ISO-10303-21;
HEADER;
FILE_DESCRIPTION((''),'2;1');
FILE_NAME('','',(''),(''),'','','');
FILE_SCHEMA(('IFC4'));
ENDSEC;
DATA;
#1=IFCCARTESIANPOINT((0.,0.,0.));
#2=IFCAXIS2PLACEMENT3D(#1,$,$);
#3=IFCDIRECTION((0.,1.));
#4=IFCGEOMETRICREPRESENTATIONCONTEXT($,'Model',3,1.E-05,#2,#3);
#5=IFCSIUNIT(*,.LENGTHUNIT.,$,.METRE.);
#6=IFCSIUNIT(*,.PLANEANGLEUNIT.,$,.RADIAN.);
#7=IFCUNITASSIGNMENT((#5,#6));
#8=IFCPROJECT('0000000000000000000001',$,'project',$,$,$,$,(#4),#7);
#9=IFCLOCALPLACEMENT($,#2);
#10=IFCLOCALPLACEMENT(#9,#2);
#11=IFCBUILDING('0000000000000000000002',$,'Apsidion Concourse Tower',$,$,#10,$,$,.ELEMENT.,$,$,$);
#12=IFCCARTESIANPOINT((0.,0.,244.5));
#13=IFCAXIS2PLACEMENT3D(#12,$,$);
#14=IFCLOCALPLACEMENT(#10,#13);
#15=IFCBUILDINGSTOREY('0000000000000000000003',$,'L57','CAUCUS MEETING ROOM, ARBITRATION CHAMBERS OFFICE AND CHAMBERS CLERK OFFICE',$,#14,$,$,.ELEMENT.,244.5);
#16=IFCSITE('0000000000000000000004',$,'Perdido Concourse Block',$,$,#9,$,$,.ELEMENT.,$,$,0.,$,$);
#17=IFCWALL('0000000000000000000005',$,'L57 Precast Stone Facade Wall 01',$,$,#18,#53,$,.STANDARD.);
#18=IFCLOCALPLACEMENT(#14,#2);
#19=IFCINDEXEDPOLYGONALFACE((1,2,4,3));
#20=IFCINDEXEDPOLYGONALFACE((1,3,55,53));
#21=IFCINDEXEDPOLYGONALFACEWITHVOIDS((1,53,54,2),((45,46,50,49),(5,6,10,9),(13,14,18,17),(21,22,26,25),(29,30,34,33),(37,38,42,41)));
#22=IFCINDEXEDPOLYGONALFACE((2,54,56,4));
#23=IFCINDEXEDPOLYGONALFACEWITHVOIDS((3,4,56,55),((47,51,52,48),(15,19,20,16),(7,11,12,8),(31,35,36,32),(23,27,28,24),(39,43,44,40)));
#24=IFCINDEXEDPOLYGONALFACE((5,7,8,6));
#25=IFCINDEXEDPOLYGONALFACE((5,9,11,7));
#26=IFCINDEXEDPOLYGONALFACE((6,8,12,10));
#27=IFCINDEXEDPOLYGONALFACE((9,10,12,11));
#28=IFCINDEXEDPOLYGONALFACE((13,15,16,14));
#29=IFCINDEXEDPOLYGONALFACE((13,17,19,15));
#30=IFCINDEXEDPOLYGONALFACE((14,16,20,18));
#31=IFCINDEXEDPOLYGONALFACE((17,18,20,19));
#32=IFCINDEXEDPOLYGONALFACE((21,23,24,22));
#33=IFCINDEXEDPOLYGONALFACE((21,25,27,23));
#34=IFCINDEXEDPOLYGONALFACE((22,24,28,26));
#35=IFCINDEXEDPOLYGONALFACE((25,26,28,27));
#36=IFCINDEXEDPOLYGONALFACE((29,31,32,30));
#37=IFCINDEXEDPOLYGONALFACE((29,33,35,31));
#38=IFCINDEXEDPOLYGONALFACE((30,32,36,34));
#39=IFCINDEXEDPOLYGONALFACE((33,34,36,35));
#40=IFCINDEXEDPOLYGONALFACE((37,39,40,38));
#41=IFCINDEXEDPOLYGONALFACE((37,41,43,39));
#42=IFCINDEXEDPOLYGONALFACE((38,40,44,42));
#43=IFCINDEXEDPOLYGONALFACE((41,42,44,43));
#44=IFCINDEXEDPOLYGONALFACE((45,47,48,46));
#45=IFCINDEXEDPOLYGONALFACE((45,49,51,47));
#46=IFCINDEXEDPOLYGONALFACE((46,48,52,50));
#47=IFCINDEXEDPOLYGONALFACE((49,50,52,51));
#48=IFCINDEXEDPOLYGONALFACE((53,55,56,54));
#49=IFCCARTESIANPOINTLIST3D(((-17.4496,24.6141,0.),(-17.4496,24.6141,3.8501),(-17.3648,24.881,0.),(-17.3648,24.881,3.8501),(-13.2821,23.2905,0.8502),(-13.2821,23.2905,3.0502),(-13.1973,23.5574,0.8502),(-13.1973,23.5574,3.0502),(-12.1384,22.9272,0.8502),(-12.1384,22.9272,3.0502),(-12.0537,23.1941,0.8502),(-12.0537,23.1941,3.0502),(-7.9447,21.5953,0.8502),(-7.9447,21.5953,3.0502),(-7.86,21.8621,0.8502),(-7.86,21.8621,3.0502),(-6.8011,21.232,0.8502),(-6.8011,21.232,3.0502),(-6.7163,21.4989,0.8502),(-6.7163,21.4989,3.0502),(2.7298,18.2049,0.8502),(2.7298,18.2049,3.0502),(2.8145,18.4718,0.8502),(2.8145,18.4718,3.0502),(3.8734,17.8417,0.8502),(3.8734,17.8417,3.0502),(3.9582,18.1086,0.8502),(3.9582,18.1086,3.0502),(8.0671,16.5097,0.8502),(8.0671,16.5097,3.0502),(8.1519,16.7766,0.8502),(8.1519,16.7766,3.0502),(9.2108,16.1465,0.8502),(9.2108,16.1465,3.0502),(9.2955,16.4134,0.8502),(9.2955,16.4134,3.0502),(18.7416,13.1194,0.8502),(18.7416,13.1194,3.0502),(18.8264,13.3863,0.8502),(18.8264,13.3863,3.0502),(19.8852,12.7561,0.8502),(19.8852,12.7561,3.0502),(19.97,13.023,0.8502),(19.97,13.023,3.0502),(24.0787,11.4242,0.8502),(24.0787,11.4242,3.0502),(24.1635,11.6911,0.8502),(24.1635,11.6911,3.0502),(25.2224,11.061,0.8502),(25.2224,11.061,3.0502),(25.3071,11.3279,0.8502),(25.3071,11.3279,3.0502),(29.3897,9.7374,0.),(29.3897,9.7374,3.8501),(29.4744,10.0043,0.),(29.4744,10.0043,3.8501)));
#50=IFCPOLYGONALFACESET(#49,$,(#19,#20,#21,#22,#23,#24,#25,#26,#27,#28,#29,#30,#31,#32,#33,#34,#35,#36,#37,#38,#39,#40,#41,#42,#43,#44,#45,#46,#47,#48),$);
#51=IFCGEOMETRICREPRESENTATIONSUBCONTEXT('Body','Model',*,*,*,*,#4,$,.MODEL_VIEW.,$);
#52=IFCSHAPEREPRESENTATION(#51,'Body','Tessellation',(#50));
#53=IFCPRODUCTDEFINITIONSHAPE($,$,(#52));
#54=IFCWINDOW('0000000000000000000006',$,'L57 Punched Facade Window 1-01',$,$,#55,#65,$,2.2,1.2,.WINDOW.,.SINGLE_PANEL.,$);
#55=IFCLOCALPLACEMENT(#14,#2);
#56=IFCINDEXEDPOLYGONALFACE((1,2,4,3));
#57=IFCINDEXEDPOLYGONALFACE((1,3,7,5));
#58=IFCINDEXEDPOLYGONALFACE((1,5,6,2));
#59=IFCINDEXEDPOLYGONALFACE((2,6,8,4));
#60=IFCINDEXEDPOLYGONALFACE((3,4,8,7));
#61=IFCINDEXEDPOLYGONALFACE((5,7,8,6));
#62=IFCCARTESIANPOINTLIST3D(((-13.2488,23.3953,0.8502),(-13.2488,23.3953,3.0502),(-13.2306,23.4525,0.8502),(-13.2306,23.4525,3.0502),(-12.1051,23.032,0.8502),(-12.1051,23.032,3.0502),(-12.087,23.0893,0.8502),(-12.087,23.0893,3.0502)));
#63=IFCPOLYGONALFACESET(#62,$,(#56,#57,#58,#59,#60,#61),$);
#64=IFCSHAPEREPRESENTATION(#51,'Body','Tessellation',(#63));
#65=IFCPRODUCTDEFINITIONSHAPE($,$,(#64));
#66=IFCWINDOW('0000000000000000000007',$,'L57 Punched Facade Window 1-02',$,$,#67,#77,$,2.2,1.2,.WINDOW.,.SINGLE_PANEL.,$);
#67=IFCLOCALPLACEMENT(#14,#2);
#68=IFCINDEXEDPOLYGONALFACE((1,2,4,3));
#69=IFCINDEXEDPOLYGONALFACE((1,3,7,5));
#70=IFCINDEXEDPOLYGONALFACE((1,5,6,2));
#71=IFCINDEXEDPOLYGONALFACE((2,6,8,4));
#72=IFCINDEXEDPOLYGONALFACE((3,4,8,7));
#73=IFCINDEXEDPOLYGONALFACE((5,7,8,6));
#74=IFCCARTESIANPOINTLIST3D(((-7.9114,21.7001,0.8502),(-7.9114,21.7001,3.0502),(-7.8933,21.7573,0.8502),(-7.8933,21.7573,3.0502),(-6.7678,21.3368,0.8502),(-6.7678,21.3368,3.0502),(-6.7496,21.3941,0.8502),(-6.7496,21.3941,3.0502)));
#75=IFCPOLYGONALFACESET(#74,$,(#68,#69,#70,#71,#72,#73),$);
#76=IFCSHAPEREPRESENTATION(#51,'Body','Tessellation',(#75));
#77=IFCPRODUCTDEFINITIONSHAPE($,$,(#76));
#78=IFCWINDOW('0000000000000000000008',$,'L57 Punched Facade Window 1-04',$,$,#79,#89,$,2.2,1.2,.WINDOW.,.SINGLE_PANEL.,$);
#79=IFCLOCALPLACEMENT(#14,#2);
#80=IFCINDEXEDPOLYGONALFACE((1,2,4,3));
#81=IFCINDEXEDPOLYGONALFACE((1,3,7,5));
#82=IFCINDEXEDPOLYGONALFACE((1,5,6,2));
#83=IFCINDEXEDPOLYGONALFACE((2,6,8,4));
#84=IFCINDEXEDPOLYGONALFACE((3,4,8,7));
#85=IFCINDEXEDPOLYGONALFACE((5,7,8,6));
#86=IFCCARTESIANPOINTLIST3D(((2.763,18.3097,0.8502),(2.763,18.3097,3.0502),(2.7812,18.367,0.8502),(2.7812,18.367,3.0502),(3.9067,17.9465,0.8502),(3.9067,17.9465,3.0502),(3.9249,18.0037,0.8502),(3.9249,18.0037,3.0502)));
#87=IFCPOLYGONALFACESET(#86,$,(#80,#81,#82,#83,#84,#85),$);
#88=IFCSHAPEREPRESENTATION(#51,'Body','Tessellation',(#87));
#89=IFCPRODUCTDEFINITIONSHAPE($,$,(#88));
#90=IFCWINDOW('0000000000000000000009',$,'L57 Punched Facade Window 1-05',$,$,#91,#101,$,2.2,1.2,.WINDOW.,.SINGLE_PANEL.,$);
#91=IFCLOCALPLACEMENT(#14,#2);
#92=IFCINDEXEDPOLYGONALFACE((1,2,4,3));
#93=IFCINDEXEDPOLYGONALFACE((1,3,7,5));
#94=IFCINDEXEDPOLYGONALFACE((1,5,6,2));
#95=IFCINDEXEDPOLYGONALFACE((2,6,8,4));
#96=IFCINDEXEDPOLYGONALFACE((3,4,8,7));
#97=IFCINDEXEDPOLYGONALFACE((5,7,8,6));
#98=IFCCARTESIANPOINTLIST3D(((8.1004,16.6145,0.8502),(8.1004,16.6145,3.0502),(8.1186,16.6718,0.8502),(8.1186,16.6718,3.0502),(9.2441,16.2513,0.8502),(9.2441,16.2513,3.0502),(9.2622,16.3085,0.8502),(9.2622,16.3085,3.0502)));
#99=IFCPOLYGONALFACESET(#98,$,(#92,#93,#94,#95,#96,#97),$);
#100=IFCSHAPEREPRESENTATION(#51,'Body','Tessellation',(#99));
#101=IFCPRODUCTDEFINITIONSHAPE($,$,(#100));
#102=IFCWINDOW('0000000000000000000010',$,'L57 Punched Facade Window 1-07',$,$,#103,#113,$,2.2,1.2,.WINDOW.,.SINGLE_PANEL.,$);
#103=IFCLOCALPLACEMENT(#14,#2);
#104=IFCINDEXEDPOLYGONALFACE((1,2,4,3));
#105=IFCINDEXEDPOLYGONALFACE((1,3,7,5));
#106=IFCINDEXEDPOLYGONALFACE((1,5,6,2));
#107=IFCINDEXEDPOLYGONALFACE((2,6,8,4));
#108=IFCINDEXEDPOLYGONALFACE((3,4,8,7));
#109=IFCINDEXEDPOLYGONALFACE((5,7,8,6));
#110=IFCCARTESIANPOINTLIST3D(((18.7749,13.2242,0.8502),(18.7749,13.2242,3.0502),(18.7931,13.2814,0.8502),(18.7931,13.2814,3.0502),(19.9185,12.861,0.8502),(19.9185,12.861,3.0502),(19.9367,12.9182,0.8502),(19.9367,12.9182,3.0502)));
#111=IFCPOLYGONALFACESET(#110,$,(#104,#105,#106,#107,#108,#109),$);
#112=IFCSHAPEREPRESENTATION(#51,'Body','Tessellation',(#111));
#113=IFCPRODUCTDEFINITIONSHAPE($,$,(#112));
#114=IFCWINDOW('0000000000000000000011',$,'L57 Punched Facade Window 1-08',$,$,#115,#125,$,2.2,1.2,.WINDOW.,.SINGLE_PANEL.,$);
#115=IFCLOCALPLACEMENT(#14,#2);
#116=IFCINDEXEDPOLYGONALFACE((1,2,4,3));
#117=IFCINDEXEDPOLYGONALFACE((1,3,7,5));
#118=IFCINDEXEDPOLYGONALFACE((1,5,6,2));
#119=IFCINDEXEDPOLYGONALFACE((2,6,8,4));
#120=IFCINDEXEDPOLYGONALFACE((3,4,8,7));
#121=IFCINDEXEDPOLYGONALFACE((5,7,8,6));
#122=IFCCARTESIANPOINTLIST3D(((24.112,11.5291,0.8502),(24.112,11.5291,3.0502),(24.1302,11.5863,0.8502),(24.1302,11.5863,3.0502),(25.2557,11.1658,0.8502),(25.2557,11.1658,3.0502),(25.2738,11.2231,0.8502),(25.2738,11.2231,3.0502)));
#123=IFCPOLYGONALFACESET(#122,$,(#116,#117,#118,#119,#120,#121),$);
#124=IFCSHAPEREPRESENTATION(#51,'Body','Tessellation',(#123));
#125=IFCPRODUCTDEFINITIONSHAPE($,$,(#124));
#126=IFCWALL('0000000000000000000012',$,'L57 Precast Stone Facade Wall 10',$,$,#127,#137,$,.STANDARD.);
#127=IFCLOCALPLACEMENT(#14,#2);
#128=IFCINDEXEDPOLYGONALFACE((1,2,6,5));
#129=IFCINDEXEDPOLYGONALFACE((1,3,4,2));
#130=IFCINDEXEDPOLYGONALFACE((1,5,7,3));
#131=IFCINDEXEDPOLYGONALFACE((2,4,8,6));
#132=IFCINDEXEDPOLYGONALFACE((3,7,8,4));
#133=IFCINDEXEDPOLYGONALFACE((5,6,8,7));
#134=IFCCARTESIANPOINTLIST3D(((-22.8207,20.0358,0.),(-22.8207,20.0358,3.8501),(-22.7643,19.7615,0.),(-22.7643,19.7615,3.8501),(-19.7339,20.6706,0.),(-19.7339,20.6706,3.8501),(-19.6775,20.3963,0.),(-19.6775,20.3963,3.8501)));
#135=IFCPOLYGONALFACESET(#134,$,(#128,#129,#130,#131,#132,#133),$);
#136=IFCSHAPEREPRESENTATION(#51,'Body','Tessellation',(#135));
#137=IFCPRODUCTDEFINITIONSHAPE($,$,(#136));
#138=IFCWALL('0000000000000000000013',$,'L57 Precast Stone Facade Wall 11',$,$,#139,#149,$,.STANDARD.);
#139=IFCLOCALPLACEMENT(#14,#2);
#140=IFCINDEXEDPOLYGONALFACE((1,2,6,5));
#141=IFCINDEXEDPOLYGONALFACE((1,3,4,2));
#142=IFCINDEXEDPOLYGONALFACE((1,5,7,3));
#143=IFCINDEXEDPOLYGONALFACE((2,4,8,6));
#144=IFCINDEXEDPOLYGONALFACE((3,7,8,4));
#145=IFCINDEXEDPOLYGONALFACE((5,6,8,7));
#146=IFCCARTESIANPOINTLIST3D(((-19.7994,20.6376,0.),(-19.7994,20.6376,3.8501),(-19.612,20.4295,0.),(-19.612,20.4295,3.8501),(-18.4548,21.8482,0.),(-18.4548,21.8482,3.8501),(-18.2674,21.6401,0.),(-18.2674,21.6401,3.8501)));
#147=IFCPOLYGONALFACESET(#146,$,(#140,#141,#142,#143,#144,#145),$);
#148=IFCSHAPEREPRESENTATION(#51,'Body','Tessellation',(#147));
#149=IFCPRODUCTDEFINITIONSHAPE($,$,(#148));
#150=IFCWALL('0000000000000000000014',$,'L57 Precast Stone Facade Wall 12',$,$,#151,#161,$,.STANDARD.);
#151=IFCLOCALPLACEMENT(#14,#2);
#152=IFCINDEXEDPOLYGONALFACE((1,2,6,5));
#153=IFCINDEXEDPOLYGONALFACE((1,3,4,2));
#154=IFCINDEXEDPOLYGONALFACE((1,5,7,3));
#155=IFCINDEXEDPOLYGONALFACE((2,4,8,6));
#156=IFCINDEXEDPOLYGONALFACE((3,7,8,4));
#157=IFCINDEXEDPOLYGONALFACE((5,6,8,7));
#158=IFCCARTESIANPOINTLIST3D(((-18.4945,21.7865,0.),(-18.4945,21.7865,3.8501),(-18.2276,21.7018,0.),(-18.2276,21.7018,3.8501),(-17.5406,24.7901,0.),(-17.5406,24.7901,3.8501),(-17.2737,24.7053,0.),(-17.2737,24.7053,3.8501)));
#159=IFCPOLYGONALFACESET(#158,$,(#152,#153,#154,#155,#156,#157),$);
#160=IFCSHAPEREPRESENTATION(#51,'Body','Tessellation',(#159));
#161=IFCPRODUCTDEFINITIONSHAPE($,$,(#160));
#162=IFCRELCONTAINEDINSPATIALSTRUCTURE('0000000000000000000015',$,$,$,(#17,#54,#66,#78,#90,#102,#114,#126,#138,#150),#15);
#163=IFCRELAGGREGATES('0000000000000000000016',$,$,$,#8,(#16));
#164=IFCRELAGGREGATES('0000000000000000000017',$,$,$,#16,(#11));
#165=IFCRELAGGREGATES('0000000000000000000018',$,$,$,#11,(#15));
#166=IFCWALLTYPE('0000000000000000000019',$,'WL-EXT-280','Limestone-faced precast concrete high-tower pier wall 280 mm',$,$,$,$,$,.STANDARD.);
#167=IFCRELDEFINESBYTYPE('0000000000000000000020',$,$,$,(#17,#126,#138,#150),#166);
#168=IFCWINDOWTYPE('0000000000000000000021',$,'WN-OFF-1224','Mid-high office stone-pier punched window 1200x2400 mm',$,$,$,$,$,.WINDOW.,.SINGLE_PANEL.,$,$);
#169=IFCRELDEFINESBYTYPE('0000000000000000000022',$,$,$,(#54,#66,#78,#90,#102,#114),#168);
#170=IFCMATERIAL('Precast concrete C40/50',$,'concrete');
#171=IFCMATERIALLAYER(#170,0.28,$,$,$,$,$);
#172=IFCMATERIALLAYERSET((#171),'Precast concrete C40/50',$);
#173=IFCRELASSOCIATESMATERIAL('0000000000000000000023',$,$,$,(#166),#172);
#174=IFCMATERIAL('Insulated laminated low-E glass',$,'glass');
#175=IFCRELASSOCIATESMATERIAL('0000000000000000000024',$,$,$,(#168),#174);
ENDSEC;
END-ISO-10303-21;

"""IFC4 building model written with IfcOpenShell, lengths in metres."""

from ifc_helpers import new_model, si_unit, direction, frame, frame_2d, origin, place, context, subcontext, project, spatial, rectangle, extrude, material, layer, layer_set, type_object, element, fill, save


model = new_model("IFC4")

# Units and contexts
model_context = context("Model", 3, precision=1e-05, world=origin(), true_north=direction((0.0, 1.0)))
body_context = subcontext(model_context, "Body", "Model", "MODEL_VIEW")
ifc_project = project(units=[si_unit("LENGTHUNIT", "METRE"), si_unit("PLANEANGLEUNIT", "RADIAN")], contexts=[model_context])

# Site, building, storey
site_placement = place(None, origin())
site = spatial("IfcSite", under=ifc_project, at=site_placement, Name="Perdido Concourse Block", CompositionType="ELEMENT", RefElevation=0.0)
building_placement = place(site_placement, origin())
building = spatial("IfcBuilding", under=site, at=building_placement, Name="Apsidion Concourse Tower", CompositionType="ELEMENT")
storey_placement = place(building_placement, frame((0.0, 0.0, 244.5)))
storey = spatial("IfcBuildingStorey", under=building, at=storey_placement, Name="L57", Description="CAUCUS MEETING ROOM, ARBITRATION CHAMBERS OFFICE AND CHAMBERS CLERK OFFICE", CompositionType="ELEMENT", Elevation=244.5)

# Wall, openings, windows
ifc_material_1 = material(Name="Precast concrete C40/50", Category="concrete")
ifc_layer_1 = layer(ifc_material_1, 0.28)
ifc_layer_set_1 = layer_set([ifc_layer_1], Name="Precast concrete C40/50")
wall_type_1 = type_object("IfcWallType", Name="WL-EXT-280", Description="Limestone-faced precast concrete high-tower pier wall 280 mm", PredefinedType="STANDARD", material=ifc_layer_set_1)
wall_1_placement = place(storey_placement, frame((-17.4072, 24.7476, 0.0), z_axis=(0.0, 0.0, 1.0), x_axis=(0.953083, -0.30271, 0.0)))
wall_1 = element("IfcWall", 1, at=wall_1_placement, inside=storey, type_object=wall_type_1, Name="L57 Precast Stone Facade Wall 01", PredefinedType="STANDARD", context=body_context, shape_type="SweptSolid", body=[
    extrude(rectangle(XDim=49.145, YDim=0.28, at=frame_2d((24.5725, 0.0))), origin(), (0.0, 0.0, 1.0), 3.8501),
])
opening_1_placement = place(wall_1_placement, frame((4.3726, 0.0, 0.8501)))
opening_1 = element("IfcOpeningElement", 2, at=opening_1_placement, cuts=wall_1, PredefinedType="OPENING", context=body_context, shape_type="SweptSolid", body=[
    extrude(rectangle(XDim=1.2, YDim=2.2, at=frame_2d((0.6001, 1.1001))), frame((0.0, 0.1499, 0.0), z_axis=(0.0, -1.0, 0.0), x_axis=(1.0, 0.0, 0.0)), (0.0, 0.0, 1.0), 0.3),
])
opening_2_placement = place(wall_1_placement, frame((9.9727, 0.0, 0.8501)))
opening_2 = element("IfcOpeningElement", 3, at=opening_2_placement, cuts=wall_1, PredefinedType="OPENING", context=body_context, shape_type="SweptSolid", body=[
    extrude(rectangle(XDim=1.2, YDim=2.2, at=frame_2d((0.6001, 1.1001))), frame((0.0, 0.1499, 0.0), z_axis=(0.0, -1.0, 0.0), x_axis=(1.0, 0.0, 0.0)), (0.0, 0.0, 1.0), 0.3),
])
opening_3_placement = place(wall_1_placement, frame((21.1726, 0.0, 0.8501)))
opening_3 = element("IfcOpeningElement", 4, at=opening_3_placement, cuts=wall_1, PredefinedType="OPENING", context=body_context, shape_type="SweptSolid", body=[
    extrude(rectangle(XDim=1.2, YDim=2.2, at=frame_2d((0.6001, 1.1001))), frame((0.0, 0.1499, 0.0), z_axis=(0.0, -1.0, 0.0), x_axis=(1.0, 0.0, 0.0)), (0.0, 0.0, 1.0), 0.3),
])
opening_4_placement = place(wall_1_placement, frame((26.7727, 0.0, 0.8501)))
opening_4 = element("IfcOpeningElement", 5, at=opening_4_placement, cuts=wall_1, PredefinedType="OPENING", context=body_context, shape_type="SweptSolid", body=[
    extrude(rectangle(XDim=1.2, YDim=2.2, at=frame_2d((0.6001, 1.1001))), frame((0.0, 0.1499, 0.0), z_axis=(0.0, -1.0, 0.0), x_axis=(1.0, 0.0, 0.0)), (0.0, 0.0, 1.0), 0.3),
])
opening_5_placement = place(wall_1_placement, frame((37.9727, 0.0, 0.8501)))
opening_5 = element("IfcOpeningElement", 6, at=opening_5_placement, cuts=wall_1, PredefinedType="OPENING", context=body_context, shape_type="SweptSolid", body=[
    extrude(rectangle(XDim=1.2, YDim=2.2, at=frame_2d((0.6001, 1.1001))), frame((0.0, 0.1499, 0.0), z_axis=(0.0, -1.0, 0.0), x_axis=(1.0, 0.0, 0.0)), (0.0, 0.0, 1.0), 0.3),
])
opening_6_placement = place(wall_1_placement, frame((43.5725, 0.0, 0.8501)))
opening_6 = element("IfcOpeningElement", 7, at=opening_6_placement, cuts=wall_1, PredefinedType="OPENING", context=body_context, shape_type="SweptSolid", body=[
    extrude(rectangle(XDim=1.2, YDim=2.2, at=frame_2d((0.6001, 1.1001))), frame((0.0, 0.1499, 0.0), z_axis=(0.0, -1.0, 0.0), x_axis=(1.0, 0.0, 0.0)), (0.0, 0.0, 1.0), 0.3),
])
ifc_material_2 = material(Name="Insulated laminated low-E glass", Category="glass")
window_type = type_object("IfcWindowType", Name="WN-OFF-1224", Description="Mid-high office stone-pier punched window 1200x2400 mm", PartitioningType="SINGLE_PANEL", PredefinedType="WINDOW", material=ifc_material_2)
window_1_placement = place(opening_1_placement, origin())
window_1 = element("IfcWindow", 8, at=window_1_placement, inside=storey, type_object=window_type, Name="L57 Punched Facade Window 1-01", OverallHeight=2.2, OverallWidth=1.2, PartitioningType="SINGLE_PANEL", PredefinedType="WINDOW", context=body_context, shape_type="SweptSolid", body=[
    extrude(rectangle(XDim=1.2, YDim=2.2, at=frame_2d((0.6001, 1.1001))), frame((0.0, 0.03, 0.0), z_axis=(0.0, -1.0, 0.0), x_axis=(1.0, 0.0, 0.0)), (0.0, 0.0, 1.0), 0.0601),
])
fill(opening_1, window_1)
window_2_placement = place(opening_2_placement, origin())
window_2 = element("IfcWindow", 9, at=window_2_placement, inside=storey, type_object=window_type, Name="L57 Punched Facade Window 1-02", OverallHeight=2.2, OverallWidth=1.2, PartitioningType="SINGLE_PANEL", PredefinedType="WINDOW", context=body_context, shape_type="SweptSolid", body=[
    extrude(rectangle(XDim=1.2, YDim=2.2, at=frame_2d((0.6001, 1.1001))), frame((0.0, 0.03, 0.0), z_axis=(0.0, -1.0, 0.0), x_axis=(1.0, 0.0, 0.0)), (0.0, 0.0, 1.0), 0.0601),
])
fill(opening_2, window_2)
window_3_placement = place(opening_3_placement, origin())
window_3 = element("IfcWindow", 10, at=window_3_placement, inside=storey, type_object=window_type, Name="L57 Punched Facade Window 1-04", OverallHeight=2.2, OverallWidth=1.2, PartitioningType="SINGLE_PANEL", PredefinedType="WINDOW", context=body_context, shape_type="SweptSolid", body=[
    extrude(rectangle(XDim=1.2, YDim=2.2, at=frame_2d((0.6001, 1.1001))), frame((0.0, 0.03, 0.0), z_axis=(0.0, -1.0, 0.0), x_axis=(1.0, 0.0, 0.0)), (0.0, 0.0, 1.0), 0.0601),
])
fill(opening_3, window_3)
window_4_placement = place(opening_4_placement, origin())
window_4 = element("IfcWindow", 11, at=window_4_placement, inside=storey, type_object=window_type, Name="L57 Punched Facade Window 1-05", OverallHeight=2.2, OverallWidth=1.2, PartitioningType="SINGLE_PANEL", PredefinedType="WINDOW", context=body_context, shape_type="SweptSolid", body=[
    extrude(rectangle(XDim=1.2, YDim=2.2, at=frame_2d((0.6001, 1.1001))), frame((0.0, 0.03, 0.0), z_axis=(0.0, -1.0, 0.0), x_axis=(1.0, 0.0, 0.0)), (0.0, 0.0, 1.0), 0.0601),
])
fill(opening_4, window_4)
window_5_placement = place(opening_5_placement, origin())
window_5 = element("IfcWindow", 12, at=window_5_placement, inside=storey, type_object=window_type, Name="L57 Punched Facade Window 1-07", OverallHeight=2.2, OverallWidth=1.2, PartitioningType="SINGLE_PANEL", PredefinedType="WINDOW", context=body_context, shape_type="SweptSolid", body=[
    extrude(rectangle(XDim=1.2, YDim=2.2, at=frame_2d((0.6001, 1.1001))), frame((0.0, 0.03, 0.0), z_axis=(0.0, -1.0, 0.0), x_axis=(1.0, 0.0, 0.0)), (0.0, 0.0, 1.0), 0.0601),
])
fill(opening_5, window_5)
window_6_placement = place(opening_6_placement, origin())
window_6 = element("IfcWindow", 13, at=window_6_placement, inside=storey, type_object=window_type, Name="L57 Punched Facade Window 1-08", OverallHeight=2.2, OverallWidth=1.2, PartitioningType="SINGLE_PANEL", PredefinedType="WINDOW", context=body_context, shape_type="SweptSolid", body=[
    extrude(rectangle(XDim=1.2, YDim=2.2, at=frame_2d((0.6001, 1.1001))), frame((0.0, 0.03, 0.0), z_axis=(0.0, -1.0, 0.0), x_axis=(1.0, 0.0, 0.0)), (0.0, 0.0, 1.0), 0.0601),
])
fill(opening_6, window_6)

# Walls
wall_2_placement = place(storey_placement, frame((-22.7925, 19.8987, 0.0), z_axis=(0.0, 0.0, 1.0), x_axis=(0.979502, 0.201432, 0.0)))
element("IfcWall", 14, at=wall_2_placement, inside=storey, type_object=wall_type_1, Name="L57 Precast Stone Facade Wall 10", PredefinedType="STANDARD", context=body_context, shape_type="SweptSolid", body=[
    extrude(rectangle(XDim=3.1514, YDim=0.28, at=frame_2d((1.5757, 0.0))), origin(), (0.0, 0.0, 1.0), 3.8501),
])
wall_3_placement = place(storey_placement, frame((-19.7058, 20.5334, 0.0), z_axis=(0.0, 0.0, 1.0), x_axis=(0.743173, 0.669099, 0.0)))
element("IfcWall", 15, at=wall_3_placement, inside=storey, type_object=wall_type_1, Name="L57 Precast Stone Facade Wall 11", PredefinedType="STANDARD", context=body_context, shape_type="SweptSolid", body=[
    extrude(rectangle(XDim=1.8093, YDim=0.28, at=frame_2d((0.9048, 0.0))), origin(), (0.0, 0.0, 1.0), 3.8501),
])
wall_4_placement = place(storey_placement, frame((-18.3611, 21.7441, 0.0), z_axis=(0.0, 0.0, 1.0), x_axis=(0.302692, 0.953088, 0.0)))
element("IfcWall", 16, at=wall_4_placement, inside=storey, type_object=wall_type_1, Name="L57 Precast Stone Facade Wall 12", PredefinedType="STANDARD", context=body_context, shape_type="SweptSolid", body=[
    extrude(rectangle(XDim=3.1514, YDim=0.28, at=frame_2d((1.5757, 0.0))), origin(), (0.0, 0.0, 1.0), 3.8501),
])

save(model, "model.ifc")
